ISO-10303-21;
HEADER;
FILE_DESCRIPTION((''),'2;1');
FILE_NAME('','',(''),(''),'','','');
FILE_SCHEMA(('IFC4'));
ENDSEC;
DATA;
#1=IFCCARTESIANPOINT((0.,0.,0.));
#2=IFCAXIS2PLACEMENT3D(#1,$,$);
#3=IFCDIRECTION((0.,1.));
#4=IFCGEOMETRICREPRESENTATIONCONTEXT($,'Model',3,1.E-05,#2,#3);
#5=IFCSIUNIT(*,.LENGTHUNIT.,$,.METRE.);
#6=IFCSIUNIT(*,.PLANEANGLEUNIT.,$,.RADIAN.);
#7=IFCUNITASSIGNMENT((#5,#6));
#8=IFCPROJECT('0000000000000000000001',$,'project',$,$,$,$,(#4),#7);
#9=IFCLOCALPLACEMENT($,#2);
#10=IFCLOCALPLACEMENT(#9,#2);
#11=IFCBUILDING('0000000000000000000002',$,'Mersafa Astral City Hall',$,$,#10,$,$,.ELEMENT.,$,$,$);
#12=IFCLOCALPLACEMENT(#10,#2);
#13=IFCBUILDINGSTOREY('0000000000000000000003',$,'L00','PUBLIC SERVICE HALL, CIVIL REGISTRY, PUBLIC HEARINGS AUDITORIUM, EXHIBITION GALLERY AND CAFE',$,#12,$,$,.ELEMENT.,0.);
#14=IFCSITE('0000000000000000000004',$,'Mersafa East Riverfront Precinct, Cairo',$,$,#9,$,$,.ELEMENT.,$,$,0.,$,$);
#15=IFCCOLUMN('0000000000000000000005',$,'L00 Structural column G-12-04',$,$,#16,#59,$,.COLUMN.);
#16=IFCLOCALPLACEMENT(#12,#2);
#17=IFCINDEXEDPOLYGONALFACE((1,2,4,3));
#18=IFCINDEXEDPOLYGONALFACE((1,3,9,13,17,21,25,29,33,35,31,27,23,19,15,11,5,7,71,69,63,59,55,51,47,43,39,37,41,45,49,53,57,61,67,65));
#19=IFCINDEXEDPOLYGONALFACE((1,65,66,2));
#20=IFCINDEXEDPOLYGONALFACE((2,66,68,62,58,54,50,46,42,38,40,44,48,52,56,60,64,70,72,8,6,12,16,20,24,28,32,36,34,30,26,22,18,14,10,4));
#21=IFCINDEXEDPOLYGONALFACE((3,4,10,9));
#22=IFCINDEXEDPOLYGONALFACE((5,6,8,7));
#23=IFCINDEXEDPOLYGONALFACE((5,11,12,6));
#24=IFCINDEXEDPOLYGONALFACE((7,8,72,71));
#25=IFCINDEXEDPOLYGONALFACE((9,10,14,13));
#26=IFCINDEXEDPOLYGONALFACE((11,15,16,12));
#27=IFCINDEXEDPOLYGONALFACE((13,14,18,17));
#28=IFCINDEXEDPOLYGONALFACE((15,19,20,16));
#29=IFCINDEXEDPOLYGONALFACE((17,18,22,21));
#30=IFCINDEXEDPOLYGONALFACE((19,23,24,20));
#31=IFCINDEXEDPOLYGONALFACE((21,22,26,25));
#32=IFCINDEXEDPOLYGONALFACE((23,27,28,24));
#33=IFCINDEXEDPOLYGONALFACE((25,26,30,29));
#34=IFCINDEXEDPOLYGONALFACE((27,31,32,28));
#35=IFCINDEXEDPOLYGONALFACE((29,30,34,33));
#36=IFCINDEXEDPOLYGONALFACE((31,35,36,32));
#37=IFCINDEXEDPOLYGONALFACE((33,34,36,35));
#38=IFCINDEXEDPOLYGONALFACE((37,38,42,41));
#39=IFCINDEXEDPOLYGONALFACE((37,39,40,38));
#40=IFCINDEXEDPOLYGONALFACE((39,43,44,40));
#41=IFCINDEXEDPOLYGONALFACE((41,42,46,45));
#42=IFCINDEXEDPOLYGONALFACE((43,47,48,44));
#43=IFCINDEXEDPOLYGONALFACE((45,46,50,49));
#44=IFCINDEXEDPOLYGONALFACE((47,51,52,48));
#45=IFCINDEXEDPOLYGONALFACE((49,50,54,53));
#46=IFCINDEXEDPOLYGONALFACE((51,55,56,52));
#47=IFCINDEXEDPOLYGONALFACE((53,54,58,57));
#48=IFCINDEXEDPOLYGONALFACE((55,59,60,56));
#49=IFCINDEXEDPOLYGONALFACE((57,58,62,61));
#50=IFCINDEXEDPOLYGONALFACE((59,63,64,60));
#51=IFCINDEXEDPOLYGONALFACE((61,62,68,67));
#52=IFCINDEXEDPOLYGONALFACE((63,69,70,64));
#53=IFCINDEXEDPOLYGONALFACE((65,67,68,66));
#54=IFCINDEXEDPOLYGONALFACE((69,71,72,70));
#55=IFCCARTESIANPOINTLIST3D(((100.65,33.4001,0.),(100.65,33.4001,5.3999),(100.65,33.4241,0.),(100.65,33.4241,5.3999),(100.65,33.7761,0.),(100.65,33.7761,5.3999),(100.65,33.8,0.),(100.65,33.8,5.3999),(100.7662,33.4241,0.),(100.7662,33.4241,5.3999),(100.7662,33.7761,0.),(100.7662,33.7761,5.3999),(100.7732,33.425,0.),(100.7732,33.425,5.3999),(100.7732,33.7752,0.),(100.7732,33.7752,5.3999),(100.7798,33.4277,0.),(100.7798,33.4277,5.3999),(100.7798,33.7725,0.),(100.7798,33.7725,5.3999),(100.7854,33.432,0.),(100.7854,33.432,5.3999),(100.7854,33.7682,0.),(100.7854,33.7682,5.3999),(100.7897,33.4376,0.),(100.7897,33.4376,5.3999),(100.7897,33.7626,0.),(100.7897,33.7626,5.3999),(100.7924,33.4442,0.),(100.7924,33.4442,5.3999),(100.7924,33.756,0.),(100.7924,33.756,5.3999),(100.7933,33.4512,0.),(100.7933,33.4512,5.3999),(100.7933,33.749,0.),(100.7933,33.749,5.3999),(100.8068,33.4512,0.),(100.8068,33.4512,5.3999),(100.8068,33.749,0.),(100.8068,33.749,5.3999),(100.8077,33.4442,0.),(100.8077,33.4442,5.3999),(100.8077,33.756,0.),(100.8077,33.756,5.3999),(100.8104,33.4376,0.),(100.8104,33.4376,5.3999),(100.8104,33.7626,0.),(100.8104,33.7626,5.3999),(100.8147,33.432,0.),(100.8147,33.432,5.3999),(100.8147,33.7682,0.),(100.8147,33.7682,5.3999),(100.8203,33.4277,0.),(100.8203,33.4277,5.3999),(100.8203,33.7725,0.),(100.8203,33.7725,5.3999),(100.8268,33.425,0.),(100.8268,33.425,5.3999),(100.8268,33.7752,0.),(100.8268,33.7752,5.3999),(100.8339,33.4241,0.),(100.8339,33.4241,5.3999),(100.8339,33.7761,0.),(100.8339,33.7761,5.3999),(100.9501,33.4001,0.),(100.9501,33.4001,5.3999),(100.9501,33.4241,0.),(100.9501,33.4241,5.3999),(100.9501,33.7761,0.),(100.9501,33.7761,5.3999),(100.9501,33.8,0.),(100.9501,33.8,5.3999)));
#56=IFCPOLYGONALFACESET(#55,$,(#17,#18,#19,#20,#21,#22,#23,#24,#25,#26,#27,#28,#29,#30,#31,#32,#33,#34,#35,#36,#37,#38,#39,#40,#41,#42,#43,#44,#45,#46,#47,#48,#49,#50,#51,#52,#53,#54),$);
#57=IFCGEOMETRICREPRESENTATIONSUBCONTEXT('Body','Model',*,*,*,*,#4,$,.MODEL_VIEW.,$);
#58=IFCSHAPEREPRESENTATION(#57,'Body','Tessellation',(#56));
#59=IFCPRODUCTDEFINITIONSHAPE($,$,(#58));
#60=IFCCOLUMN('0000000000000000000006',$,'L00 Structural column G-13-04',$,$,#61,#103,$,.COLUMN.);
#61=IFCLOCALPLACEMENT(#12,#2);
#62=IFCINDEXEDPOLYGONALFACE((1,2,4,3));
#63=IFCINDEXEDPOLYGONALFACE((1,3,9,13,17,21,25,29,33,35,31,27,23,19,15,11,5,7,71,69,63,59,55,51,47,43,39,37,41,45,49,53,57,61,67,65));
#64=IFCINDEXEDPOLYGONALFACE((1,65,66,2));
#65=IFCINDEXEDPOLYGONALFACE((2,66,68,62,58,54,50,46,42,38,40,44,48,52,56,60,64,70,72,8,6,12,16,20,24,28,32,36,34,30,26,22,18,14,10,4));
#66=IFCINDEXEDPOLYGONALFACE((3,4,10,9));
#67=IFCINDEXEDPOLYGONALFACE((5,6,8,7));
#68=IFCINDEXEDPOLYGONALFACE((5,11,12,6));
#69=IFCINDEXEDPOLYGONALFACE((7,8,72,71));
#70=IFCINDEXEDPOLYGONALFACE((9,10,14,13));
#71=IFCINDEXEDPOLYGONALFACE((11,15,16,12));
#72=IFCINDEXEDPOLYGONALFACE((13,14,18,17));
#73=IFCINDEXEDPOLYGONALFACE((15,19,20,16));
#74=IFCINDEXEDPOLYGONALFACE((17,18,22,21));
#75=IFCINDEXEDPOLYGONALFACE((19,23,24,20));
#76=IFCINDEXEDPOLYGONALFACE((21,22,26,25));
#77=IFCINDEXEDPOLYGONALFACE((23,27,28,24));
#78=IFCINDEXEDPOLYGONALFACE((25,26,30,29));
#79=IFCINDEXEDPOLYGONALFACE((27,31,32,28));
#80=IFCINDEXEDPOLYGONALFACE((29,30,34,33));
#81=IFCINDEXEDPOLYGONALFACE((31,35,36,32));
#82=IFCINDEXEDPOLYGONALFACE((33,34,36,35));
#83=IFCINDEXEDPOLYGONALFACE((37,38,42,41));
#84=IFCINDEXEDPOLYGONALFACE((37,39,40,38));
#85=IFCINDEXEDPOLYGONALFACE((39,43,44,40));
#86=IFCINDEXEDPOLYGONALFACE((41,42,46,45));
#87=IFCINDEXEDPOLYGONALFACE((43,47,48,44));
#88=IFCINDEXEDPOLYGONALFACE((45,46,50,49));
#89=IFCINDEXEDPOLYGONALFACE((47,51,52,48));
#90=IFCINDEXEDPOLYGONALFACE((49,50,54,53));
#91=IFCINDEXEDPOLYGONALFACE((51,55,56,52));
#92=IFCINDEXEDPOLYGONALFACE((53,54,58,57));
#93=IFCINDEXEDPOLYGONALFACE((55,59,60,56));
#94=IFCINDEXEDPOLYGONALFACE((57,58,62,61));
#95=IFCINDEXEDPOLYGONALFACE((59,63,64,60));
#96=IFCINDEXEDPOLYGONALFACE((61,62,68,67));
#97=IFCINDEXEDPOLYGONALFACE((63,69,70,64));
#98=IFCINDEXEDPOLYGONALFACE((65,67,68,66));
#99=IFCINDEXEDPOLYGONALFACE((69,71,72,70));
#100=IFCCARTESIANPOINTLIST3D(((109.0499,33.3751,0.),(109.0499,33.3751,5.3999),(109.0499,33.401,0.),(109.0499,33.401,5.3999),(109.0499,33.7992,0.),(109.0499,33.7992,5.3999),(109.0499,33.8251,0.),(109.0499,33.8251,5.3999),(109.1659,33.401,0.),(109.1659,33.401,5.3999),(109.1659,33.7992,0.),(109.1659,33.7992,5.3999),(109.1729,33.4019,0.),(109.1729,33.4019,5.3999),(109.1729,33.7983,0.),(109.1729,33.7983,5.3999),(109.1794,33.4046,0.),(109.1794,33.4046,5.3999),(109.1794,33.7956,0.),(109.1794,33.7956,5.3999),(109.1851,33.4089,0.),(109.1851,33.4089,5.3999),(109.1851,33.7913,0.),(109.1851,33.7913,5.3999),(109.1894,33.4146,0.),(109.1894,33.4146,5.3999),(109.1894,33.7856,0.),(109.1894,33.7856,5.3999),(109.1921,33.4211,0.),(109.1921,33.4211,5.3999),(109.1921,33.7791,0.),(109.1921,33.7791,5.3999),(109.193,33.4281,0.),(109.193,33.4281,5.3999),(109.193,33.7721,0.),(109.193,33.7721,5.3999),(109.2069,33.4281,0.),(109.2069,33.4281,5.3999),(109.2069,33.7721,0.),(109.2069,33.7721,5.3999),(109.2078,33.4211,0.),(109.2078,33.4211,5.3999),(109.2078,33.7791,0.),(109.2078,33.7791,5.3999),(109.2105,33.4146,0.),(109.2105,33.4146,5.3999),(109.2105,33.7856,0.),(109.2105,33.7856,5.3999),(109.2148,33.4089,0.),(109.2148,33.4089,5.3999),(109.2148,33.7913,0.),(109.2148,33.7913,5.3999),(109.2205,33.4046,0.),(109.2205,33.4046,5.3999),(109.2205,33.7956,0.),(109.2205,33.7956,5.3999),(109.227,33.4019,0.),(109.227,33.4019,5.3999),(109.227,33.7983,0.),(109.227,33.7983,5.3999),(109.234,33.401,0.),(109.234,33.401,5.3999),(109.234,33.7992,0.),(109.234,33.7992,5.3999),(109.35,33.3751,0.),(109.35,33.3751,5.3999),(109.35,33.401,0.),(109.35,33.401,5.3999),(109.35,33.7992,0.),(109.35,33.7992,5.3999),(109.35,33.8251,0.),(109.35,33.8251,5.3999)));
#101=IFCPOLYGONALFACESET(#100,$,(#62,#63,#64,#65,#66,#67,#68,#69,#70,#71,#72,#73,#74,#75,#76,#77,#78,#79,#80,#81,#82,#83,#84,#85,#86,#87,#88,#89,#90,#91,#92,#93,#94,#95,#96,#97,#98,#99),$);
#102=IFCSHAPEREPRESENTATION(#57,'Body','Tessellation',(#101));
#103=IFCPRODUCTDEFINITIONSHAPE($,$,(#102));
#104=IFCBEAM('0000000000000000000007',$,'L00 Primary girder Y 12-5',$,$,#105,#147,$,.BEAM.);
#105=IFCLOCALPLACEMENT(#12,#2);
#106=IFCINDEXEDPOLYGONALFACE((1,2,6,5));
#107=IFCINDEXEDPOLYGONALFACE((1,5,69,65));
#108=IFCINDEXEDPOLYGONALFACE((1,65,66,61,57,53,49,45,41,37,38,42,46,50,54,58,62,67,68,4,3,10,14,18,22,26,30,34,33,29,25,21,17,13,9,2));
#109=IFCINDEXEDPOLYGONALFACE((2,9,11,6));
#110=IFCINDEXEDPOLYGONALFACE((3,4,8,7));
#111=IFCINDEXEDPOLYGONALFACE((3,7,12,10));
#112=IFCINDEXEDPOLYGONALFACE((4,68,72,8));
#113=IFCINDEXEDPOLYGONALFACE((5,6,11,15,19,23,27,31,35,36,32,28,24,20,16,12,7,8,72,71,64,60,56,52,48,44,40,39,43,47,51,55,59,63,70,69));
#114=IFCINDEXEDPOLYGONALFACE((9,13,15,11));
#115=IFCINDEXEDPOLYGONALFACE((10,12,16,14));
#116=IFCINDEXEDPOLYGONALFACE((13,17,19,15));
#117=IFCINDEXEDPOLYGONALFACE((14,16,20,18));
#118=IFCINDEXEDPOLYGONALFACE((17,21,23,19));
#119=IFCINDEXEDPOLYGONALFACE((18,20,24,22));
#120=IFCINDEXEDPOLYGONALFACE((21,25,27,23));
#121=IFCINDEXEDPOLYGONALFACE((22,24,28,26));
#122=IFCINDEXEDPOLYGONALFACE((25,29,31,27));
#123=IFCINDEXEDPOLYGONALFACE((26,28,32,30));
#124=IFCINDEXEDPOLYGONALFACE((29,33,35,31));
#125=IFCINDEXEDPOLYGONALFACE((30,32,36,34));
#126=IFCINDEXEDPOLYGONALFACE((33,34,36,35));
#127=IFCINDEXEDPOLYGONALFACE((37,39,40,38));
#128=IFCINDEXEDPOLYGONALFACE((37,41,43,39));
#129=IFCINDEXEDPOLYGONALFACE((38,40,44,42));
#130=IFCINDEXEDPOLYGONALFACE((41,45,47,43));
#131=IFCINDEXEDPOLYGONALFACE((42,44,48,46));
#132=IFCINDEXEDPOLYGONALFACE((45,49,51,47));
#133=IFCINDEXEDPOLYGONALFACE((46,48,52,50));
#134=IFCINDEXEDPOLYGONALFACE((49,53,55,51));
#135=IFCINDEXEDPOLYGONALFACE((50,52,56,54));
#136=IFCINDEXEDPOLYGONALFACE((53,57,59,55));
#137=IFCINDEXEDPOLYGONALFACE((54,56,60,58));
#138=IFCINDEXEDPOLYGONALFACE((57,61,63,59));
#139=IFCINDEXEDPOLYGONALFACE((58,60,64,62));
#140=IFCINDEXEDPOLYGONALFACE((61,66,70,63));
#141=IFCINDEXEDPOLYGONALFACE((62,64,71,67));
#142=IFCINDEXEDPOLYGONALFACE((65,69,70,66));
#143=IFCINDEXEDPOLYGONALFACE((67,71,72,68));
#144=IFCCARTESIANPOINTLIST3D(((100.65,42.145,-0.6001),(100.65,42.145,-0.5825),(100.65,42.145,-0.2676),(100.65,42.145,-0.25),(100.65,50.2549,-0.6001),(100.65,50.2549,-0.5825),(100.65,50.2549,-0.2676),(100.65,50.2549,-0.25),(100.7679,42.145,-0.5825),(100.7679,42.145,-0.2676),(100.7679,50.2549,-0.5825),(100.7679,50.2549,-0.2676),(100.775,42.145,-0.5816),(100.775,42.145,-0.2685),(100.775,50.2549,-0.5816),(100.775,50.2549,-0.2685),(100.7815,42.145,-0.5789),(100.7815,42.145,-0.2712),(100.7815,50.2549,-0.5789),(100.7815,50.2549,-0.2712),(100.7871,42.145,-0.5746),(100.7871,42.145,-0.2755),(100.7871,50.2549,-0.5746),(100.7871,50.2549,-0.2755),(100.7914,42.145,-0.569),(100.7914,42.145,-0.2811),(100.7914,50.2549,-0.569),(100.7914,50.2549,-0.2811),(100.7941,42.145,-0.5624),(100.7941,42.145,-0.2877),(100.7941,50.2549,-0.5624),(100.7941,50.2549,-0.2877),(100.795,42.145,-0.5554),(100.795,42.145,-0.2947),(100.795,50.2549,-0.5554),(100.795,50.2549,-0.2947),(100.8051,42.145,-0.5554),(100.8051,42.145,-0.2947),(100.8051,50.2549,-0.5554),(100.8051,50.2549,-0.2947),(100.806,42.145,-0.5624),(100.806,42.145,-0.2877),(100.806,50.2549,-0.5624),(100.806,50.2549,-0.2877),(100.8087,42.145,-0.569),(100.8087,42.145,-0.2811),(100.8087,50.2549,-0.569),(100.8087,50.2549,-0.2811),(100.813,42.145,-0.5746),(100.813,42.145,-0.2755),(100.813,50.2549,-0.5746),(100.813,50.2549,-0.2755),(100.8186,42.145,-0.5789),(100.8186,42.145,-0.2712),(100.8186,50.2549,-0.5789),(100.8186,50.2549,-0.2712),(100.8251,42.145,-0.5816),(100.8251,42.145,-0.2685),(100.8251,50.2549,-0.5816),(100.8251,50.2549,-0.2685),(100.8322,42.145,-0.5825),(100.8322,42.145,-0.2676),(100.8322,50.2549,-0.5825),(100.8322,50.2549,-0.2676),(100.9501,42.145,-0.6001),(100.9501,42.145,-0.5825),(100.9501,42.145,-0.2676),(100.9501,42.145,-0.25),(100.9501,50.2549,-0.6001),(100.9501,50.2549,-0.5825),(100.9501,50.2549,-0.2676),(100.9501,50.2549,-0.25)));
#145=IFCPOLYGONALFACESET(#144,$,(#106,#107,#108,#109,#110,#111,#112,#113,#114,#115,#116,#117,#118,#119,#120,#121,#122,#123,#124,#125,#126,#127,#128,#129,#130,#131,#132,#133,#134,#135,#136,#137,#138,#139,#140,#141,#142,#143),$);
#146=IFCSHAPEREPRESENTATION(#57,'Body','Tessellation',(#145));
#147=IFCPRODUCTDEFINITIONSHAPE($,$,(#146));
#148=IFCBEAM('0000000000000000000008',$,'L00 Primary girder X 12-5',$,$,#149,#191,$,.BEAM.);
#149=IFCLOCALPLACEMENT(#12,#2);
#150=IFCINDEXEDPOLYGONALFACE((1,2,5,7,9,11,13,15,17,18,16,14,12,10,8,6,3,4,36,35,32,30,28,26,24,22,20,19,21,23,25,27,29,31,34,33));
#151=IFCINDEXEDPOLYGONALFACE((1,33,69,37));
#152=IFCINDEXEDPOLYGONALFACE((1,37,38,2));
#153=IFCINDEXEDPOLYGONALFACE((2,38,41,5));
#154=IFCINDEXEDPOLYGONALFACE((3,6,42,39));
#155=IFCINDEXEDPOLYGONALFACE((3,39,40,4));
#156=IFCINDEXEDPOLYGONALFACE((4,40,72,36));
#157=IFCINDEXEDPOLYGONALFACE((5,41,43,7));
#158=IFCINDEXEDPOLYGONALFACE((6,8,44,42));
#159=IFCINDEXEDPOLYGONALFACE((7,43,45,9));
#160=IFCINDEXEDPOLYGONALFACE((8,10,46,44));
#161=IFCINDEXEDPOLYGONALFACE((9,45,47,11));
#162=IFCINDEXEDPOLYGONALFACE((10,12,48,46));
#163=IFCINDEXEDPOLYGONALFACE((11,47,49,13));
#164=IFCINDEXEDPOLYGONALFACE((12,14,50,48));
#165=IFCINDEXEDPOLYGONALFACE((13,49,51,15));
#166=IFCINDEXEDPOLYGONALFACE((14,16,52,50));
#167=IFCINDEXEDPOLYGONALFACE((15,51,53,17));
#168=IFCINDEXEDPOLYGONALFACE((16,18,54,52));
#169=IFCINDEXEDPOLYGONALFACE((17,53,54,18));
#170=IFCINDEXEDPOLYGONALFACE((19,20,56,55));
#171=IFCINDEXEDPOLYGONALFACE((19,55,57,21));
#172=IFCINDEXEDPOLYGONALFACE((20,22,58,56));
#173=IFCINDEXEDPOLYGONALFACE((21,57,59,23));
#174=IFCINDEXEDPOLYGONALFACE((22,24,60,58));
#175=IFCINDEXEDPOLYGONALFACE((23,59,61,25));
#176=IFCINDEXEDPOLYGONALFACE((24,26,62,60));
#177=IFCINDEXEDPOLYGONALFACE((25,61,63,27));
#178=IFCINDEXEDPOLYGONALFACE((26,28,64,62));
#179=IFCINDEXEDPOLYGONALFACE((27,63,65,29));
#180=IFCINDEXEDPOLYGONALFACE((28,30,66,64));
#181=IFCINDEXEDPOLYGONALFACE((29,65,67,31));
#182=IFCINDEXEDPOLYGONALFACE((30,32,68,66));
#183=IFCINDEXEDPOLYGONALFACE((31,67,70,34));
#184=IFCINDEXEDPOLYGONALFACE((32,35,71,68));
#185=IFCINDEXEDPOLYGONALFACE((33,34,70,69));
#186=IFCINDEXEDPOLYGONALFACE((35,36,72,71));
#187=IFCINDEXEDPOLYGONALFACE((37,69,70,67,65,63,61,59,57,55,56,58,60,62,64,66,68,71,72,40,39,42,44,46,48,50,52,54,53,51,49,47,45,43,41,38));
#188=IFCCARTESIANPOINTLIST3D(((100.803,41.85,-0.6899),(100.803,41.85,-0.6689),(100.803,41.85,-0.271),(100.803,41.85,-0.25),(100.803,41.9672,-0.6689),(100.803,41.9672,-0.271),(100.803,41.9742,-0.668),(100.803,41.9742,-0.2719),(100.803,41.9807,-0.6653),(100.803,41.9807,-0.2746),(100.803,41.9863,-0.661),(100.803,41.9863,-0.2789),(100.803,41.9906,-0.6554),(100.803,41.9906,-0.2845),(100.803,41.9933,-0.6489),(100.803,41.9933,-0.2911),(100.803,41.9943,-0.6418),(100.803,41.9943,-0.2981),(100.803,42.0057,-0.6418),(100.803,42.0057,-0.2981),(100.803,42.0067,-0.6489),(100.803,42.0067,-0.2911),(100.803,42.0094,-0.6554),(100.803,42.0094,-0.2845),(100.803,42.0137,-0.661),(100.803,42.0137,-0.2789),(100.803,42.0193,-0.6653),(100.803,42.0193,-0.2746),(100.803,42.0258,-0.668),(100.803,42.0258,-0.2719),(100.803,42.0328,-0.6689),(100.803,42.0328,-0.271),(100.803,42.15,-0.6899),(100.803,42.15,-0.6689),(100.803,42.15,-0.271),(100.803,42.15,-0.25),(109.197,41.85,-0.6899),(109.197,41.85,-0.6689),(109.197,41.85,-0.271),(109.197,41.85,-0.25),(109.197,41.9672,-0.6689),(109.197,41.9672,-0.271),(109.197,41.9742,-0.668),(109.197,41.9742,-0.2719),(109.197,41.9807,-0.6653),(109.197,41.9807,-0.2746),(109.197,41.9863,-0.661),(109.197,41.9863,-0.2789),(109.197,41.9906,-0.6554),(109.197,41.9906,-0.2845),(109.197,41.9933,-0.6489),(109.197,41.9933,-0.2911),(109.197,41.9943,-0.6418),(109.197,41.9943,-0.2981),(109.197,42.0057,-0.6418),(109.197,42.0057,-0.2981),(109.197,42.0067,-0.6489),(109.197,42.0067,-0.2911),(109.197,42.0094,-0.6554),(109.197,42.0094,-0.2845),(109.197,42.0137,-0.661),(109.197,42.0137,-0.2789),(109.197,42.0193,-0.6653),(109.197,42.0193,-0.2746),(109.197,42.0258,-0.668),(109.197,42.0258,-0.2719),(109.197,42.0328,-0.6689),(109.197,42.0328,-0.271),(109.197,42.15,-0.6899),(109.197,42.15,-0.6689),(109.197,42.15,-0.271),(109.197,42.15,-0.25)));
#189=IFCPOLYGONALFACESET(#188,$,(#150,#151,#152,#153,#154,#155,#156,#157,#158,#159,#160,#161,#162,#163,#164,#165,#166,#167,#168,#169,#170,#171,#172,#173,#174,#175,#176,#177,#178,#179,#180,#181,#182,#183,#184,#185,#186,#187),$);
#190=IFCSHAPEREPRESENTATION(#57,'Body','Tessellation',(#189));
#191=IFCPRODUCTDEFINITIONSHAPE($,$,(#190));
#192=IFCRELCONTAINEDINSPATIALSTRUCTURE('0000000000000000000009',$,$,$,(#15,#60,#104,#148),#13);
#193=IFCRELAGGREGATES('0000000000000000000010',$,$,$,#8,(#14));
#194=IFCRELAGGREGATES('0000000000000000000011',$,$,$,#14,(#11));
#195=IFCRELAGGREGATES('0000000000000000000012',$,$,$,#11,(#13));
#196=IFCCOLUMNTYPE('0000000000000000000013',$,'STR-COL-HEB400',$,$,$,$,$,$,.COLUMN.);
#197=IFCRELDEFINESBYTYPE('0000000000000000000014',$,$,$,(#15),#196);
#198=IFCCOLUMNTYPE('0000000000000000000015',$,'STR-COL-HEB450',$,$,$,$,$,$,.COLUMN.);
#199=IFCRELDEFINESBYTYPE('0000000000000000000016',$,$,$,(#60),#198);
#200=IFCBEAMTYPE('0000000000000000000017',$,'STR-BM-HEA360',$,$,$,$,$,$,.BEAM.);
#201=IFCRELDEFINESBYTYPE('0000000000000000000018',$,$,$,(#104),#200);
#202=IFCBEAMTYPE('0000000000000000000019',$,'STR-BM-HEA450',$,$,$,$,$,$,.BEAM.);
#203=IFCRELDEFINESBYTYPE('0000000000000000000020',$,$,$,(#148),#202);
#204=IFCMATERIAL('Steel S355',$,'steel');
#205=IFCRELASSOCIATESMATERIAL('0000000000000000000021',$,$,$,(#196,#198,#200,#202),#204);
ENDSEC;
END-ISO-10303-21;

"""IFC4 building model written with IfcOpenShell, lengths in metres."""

from ifc_helpers import new_model, si_unit, direction, frame, origin, origin_2d, place, context, subcontext, project, spatial, i_section, extrude, material, material_profile, profile_set, type_object, element, save


model = new_model("IFC4")

# Units and contexts
model_context = context("Model", 3, precision=1e-05, world=origin(), true_north=direction((0.0, 1.0)))
body_context = subcontext(model_context, "Body", "Model", "MODEL_VIEW")
ifc_project = project(units=[si_unit("LENGTHUNIT", "METRE"), si_unit("PLANEANGLEUNIT", "RADIAN")], contexts=[model_context])

# Site, building, storey
site_placement = place(None, origin())
site = spatial("IfcSite", under=ifc_project, at=site_placement, Name="Mersafa East Riverfront Precinct, Cairo", CompositionType="ELEMENT", RefElevation=0.0)
building_placement = place(site_placement, origin())
building = spatial("IfcBuilding", under=site, at=building_placement, Name="Mersafa Astral City Hall", CompositionType="ELEMENT")
storey_placement = place(building_placement, origin())
storey = spatial("IfcBuildingStorey", under=building, at=storey_placement, Name="L00", Description="PUBLIC SERVICE HALL, CIVIL REGISTRY, PUBLIC HEARINGS AUDITORIUM, EXHIBITION GALLERY AND CAFE", CompositionType="ELEMENT", Elevation=0.0)

# Columns
ifc_material_1 = material(Name="Steel S355", Category="steel")
ifc_material_profile_1 = material_profile(ifc_material_1, i_section(OverallWidth=0.3, OverallDepth=0.3999, WebThickness=0.0134, FlangeThickness=0.0239, FilletRadius=0.0271, at=origin_2d()), Name="HEB 400")
ifc_profile_set_1 = profile_set([ifc_material_profile_1], Name="Steel S355")
column_type_1 = type_object("IfcColumnType", Name="STR-COL-HEB400", PredefinedType="COLUMN", material=ifc_profile_set_1)
column_1_placement = place(storey_placement, frame((100.8, 33.6001, 0.0), z_axis=(0.0, 0.0, 1.0), x_axis=(1.0, 0.0, 0.0)))
element("IfcColumn", 1, at=column_1_placement, inside=storey, type_object=column_type_1, Name="L00 Structural column G-12-04", PredefinedType="COLUMN", context=body_context, shape_type="SweptSolid", body=[
    extrude(i_section(OverallWidth=0.3, OverallDepth=0.3999, WebThickness=0.0134, FlangeThickness=0.0239, FilletRadius=0.0271, at=origin_2d()), origin(), (0.0, 0.0, 1.0), 5.3999),
])
ifc_material_profile_2 = material_profile(ifc_material_1, i_section(OverallWidth=0.3, OverallDepth=0.45, WebThickness=0.0139, FlangeThickness=0.0259, FilletRadius=0.0271, at=origin_2d()), Name="HEB 450")
ifc_profile_set_2 = profile_set([ifc_material_profile_2], Name="Steel S355")
column_type_2 = type_object("IfcColumnType", Name="STR-COL-HEB450", PredefinedType="COLUMN", material=ifc_profile_set_2)
column_2_placement = place(storey_placement, frame((109.2, 33.6001, 0.0), z_axis=(0.0, 0.0, 1.0), x_axis=(1.0, 0.0, 0.0)))
element("IfcColumn", 2, at=column_2_placement, inside=storey, type_object=column_type_2, Name="L00 Structural column G-13-04", PredefinedType="COLUMN", context=body_context, shape_type="SweptSolid", body=[
    extrude(i_section(OverallWidth=0.3, OverallDepth=0.45, WebThickness=0.0139, FlangeThickness=0.0259, FilletRadius=0.0271, at=origin_2d()), origin(), (0.0, 0.0, 1.0), 5.3999),
])

# Beams
ifc_material_profile_3 = material_profile(ifc_material_1, i_section(OverallWidth=0.3, OverallDepth=0.3501, WebThickness=0.01, FlangeThickness=0.0176, FilletRadius=0.0271, at=origin_2d()), Name="HEA 360")
ifc_profile_set_3 = profile_set([ifc_material_profile_3], Name="Steel S355")
beam_type_1 = type_object("IfcBeamType", Name="STR-BM-HEA360", PredefinedType="BEAM", material=ifc_profile_set_3)
beam_1_placement = place(storey_placement, frame((100.8, 42.145, -0.425), z_axis=(0.0, 1.0, 0.0), x_axis=(-1.0, 0.0, 0.0)))
element("IfcBeam", 3, at=beam_1_placement, inside=storey, type_object=beam_type_1, Name="L00 Primary girder Y 12-5", PredefinedType="BEAM", context=body_context, shape_type="SweptSolid", body=[
    extrude(i_section(OverallWidth=0.3, OverallDepth=0.3501, WebThickness=0.01, FlangeThickness=0.0176, FilletRadius=0.0271, at=origin_2d()), origin(), (0.0, 0.0, 1.0), 8.1099),
])
ifc_material_profile_4 = material_profile(ifc_material_1, i_section(OverallWidth=0.3, OverallDepth=0.4399, WebThickness=0.0115, FlangeThickness=0.021, FilletRadius=0.0271, at=origin_2d()), Name="HEA 450")
ifc_profile_set_4 = profile_set([ifc_material_profile_4], Name="Steel S355")
beam_type_2 = type_object("IfcBeamType", Name="STR-BM-HEA450", PredefinedType="BEAM", material=ifc_profile_set_4)
beam_2_placement = place(storey_placement, frame((100.803, 42.0, -0.47), z_axis=(1.0, 0.0, 0.0), x_axis=(0.0, 1.0, 0.0)))
element("IfcBeam", 4, at=beam_2_placement, inside=storey, type_object=beam_type_2, Name="L00 Primary girder X 12-5", PredefinedType="BEAM", context=body_context, shape_type="SweptSolid", body=[
    extrude(i_section(OverallWidth=0.3, OverallDepth=0.4399, WebThickness=0.0115, FlangeThickness=0.021, FilletRadius=0.0271, at=origin_2d()), origin(), (0.0, 0.0, 1.0), 8.394),
])

save(model, "model.ifc")
